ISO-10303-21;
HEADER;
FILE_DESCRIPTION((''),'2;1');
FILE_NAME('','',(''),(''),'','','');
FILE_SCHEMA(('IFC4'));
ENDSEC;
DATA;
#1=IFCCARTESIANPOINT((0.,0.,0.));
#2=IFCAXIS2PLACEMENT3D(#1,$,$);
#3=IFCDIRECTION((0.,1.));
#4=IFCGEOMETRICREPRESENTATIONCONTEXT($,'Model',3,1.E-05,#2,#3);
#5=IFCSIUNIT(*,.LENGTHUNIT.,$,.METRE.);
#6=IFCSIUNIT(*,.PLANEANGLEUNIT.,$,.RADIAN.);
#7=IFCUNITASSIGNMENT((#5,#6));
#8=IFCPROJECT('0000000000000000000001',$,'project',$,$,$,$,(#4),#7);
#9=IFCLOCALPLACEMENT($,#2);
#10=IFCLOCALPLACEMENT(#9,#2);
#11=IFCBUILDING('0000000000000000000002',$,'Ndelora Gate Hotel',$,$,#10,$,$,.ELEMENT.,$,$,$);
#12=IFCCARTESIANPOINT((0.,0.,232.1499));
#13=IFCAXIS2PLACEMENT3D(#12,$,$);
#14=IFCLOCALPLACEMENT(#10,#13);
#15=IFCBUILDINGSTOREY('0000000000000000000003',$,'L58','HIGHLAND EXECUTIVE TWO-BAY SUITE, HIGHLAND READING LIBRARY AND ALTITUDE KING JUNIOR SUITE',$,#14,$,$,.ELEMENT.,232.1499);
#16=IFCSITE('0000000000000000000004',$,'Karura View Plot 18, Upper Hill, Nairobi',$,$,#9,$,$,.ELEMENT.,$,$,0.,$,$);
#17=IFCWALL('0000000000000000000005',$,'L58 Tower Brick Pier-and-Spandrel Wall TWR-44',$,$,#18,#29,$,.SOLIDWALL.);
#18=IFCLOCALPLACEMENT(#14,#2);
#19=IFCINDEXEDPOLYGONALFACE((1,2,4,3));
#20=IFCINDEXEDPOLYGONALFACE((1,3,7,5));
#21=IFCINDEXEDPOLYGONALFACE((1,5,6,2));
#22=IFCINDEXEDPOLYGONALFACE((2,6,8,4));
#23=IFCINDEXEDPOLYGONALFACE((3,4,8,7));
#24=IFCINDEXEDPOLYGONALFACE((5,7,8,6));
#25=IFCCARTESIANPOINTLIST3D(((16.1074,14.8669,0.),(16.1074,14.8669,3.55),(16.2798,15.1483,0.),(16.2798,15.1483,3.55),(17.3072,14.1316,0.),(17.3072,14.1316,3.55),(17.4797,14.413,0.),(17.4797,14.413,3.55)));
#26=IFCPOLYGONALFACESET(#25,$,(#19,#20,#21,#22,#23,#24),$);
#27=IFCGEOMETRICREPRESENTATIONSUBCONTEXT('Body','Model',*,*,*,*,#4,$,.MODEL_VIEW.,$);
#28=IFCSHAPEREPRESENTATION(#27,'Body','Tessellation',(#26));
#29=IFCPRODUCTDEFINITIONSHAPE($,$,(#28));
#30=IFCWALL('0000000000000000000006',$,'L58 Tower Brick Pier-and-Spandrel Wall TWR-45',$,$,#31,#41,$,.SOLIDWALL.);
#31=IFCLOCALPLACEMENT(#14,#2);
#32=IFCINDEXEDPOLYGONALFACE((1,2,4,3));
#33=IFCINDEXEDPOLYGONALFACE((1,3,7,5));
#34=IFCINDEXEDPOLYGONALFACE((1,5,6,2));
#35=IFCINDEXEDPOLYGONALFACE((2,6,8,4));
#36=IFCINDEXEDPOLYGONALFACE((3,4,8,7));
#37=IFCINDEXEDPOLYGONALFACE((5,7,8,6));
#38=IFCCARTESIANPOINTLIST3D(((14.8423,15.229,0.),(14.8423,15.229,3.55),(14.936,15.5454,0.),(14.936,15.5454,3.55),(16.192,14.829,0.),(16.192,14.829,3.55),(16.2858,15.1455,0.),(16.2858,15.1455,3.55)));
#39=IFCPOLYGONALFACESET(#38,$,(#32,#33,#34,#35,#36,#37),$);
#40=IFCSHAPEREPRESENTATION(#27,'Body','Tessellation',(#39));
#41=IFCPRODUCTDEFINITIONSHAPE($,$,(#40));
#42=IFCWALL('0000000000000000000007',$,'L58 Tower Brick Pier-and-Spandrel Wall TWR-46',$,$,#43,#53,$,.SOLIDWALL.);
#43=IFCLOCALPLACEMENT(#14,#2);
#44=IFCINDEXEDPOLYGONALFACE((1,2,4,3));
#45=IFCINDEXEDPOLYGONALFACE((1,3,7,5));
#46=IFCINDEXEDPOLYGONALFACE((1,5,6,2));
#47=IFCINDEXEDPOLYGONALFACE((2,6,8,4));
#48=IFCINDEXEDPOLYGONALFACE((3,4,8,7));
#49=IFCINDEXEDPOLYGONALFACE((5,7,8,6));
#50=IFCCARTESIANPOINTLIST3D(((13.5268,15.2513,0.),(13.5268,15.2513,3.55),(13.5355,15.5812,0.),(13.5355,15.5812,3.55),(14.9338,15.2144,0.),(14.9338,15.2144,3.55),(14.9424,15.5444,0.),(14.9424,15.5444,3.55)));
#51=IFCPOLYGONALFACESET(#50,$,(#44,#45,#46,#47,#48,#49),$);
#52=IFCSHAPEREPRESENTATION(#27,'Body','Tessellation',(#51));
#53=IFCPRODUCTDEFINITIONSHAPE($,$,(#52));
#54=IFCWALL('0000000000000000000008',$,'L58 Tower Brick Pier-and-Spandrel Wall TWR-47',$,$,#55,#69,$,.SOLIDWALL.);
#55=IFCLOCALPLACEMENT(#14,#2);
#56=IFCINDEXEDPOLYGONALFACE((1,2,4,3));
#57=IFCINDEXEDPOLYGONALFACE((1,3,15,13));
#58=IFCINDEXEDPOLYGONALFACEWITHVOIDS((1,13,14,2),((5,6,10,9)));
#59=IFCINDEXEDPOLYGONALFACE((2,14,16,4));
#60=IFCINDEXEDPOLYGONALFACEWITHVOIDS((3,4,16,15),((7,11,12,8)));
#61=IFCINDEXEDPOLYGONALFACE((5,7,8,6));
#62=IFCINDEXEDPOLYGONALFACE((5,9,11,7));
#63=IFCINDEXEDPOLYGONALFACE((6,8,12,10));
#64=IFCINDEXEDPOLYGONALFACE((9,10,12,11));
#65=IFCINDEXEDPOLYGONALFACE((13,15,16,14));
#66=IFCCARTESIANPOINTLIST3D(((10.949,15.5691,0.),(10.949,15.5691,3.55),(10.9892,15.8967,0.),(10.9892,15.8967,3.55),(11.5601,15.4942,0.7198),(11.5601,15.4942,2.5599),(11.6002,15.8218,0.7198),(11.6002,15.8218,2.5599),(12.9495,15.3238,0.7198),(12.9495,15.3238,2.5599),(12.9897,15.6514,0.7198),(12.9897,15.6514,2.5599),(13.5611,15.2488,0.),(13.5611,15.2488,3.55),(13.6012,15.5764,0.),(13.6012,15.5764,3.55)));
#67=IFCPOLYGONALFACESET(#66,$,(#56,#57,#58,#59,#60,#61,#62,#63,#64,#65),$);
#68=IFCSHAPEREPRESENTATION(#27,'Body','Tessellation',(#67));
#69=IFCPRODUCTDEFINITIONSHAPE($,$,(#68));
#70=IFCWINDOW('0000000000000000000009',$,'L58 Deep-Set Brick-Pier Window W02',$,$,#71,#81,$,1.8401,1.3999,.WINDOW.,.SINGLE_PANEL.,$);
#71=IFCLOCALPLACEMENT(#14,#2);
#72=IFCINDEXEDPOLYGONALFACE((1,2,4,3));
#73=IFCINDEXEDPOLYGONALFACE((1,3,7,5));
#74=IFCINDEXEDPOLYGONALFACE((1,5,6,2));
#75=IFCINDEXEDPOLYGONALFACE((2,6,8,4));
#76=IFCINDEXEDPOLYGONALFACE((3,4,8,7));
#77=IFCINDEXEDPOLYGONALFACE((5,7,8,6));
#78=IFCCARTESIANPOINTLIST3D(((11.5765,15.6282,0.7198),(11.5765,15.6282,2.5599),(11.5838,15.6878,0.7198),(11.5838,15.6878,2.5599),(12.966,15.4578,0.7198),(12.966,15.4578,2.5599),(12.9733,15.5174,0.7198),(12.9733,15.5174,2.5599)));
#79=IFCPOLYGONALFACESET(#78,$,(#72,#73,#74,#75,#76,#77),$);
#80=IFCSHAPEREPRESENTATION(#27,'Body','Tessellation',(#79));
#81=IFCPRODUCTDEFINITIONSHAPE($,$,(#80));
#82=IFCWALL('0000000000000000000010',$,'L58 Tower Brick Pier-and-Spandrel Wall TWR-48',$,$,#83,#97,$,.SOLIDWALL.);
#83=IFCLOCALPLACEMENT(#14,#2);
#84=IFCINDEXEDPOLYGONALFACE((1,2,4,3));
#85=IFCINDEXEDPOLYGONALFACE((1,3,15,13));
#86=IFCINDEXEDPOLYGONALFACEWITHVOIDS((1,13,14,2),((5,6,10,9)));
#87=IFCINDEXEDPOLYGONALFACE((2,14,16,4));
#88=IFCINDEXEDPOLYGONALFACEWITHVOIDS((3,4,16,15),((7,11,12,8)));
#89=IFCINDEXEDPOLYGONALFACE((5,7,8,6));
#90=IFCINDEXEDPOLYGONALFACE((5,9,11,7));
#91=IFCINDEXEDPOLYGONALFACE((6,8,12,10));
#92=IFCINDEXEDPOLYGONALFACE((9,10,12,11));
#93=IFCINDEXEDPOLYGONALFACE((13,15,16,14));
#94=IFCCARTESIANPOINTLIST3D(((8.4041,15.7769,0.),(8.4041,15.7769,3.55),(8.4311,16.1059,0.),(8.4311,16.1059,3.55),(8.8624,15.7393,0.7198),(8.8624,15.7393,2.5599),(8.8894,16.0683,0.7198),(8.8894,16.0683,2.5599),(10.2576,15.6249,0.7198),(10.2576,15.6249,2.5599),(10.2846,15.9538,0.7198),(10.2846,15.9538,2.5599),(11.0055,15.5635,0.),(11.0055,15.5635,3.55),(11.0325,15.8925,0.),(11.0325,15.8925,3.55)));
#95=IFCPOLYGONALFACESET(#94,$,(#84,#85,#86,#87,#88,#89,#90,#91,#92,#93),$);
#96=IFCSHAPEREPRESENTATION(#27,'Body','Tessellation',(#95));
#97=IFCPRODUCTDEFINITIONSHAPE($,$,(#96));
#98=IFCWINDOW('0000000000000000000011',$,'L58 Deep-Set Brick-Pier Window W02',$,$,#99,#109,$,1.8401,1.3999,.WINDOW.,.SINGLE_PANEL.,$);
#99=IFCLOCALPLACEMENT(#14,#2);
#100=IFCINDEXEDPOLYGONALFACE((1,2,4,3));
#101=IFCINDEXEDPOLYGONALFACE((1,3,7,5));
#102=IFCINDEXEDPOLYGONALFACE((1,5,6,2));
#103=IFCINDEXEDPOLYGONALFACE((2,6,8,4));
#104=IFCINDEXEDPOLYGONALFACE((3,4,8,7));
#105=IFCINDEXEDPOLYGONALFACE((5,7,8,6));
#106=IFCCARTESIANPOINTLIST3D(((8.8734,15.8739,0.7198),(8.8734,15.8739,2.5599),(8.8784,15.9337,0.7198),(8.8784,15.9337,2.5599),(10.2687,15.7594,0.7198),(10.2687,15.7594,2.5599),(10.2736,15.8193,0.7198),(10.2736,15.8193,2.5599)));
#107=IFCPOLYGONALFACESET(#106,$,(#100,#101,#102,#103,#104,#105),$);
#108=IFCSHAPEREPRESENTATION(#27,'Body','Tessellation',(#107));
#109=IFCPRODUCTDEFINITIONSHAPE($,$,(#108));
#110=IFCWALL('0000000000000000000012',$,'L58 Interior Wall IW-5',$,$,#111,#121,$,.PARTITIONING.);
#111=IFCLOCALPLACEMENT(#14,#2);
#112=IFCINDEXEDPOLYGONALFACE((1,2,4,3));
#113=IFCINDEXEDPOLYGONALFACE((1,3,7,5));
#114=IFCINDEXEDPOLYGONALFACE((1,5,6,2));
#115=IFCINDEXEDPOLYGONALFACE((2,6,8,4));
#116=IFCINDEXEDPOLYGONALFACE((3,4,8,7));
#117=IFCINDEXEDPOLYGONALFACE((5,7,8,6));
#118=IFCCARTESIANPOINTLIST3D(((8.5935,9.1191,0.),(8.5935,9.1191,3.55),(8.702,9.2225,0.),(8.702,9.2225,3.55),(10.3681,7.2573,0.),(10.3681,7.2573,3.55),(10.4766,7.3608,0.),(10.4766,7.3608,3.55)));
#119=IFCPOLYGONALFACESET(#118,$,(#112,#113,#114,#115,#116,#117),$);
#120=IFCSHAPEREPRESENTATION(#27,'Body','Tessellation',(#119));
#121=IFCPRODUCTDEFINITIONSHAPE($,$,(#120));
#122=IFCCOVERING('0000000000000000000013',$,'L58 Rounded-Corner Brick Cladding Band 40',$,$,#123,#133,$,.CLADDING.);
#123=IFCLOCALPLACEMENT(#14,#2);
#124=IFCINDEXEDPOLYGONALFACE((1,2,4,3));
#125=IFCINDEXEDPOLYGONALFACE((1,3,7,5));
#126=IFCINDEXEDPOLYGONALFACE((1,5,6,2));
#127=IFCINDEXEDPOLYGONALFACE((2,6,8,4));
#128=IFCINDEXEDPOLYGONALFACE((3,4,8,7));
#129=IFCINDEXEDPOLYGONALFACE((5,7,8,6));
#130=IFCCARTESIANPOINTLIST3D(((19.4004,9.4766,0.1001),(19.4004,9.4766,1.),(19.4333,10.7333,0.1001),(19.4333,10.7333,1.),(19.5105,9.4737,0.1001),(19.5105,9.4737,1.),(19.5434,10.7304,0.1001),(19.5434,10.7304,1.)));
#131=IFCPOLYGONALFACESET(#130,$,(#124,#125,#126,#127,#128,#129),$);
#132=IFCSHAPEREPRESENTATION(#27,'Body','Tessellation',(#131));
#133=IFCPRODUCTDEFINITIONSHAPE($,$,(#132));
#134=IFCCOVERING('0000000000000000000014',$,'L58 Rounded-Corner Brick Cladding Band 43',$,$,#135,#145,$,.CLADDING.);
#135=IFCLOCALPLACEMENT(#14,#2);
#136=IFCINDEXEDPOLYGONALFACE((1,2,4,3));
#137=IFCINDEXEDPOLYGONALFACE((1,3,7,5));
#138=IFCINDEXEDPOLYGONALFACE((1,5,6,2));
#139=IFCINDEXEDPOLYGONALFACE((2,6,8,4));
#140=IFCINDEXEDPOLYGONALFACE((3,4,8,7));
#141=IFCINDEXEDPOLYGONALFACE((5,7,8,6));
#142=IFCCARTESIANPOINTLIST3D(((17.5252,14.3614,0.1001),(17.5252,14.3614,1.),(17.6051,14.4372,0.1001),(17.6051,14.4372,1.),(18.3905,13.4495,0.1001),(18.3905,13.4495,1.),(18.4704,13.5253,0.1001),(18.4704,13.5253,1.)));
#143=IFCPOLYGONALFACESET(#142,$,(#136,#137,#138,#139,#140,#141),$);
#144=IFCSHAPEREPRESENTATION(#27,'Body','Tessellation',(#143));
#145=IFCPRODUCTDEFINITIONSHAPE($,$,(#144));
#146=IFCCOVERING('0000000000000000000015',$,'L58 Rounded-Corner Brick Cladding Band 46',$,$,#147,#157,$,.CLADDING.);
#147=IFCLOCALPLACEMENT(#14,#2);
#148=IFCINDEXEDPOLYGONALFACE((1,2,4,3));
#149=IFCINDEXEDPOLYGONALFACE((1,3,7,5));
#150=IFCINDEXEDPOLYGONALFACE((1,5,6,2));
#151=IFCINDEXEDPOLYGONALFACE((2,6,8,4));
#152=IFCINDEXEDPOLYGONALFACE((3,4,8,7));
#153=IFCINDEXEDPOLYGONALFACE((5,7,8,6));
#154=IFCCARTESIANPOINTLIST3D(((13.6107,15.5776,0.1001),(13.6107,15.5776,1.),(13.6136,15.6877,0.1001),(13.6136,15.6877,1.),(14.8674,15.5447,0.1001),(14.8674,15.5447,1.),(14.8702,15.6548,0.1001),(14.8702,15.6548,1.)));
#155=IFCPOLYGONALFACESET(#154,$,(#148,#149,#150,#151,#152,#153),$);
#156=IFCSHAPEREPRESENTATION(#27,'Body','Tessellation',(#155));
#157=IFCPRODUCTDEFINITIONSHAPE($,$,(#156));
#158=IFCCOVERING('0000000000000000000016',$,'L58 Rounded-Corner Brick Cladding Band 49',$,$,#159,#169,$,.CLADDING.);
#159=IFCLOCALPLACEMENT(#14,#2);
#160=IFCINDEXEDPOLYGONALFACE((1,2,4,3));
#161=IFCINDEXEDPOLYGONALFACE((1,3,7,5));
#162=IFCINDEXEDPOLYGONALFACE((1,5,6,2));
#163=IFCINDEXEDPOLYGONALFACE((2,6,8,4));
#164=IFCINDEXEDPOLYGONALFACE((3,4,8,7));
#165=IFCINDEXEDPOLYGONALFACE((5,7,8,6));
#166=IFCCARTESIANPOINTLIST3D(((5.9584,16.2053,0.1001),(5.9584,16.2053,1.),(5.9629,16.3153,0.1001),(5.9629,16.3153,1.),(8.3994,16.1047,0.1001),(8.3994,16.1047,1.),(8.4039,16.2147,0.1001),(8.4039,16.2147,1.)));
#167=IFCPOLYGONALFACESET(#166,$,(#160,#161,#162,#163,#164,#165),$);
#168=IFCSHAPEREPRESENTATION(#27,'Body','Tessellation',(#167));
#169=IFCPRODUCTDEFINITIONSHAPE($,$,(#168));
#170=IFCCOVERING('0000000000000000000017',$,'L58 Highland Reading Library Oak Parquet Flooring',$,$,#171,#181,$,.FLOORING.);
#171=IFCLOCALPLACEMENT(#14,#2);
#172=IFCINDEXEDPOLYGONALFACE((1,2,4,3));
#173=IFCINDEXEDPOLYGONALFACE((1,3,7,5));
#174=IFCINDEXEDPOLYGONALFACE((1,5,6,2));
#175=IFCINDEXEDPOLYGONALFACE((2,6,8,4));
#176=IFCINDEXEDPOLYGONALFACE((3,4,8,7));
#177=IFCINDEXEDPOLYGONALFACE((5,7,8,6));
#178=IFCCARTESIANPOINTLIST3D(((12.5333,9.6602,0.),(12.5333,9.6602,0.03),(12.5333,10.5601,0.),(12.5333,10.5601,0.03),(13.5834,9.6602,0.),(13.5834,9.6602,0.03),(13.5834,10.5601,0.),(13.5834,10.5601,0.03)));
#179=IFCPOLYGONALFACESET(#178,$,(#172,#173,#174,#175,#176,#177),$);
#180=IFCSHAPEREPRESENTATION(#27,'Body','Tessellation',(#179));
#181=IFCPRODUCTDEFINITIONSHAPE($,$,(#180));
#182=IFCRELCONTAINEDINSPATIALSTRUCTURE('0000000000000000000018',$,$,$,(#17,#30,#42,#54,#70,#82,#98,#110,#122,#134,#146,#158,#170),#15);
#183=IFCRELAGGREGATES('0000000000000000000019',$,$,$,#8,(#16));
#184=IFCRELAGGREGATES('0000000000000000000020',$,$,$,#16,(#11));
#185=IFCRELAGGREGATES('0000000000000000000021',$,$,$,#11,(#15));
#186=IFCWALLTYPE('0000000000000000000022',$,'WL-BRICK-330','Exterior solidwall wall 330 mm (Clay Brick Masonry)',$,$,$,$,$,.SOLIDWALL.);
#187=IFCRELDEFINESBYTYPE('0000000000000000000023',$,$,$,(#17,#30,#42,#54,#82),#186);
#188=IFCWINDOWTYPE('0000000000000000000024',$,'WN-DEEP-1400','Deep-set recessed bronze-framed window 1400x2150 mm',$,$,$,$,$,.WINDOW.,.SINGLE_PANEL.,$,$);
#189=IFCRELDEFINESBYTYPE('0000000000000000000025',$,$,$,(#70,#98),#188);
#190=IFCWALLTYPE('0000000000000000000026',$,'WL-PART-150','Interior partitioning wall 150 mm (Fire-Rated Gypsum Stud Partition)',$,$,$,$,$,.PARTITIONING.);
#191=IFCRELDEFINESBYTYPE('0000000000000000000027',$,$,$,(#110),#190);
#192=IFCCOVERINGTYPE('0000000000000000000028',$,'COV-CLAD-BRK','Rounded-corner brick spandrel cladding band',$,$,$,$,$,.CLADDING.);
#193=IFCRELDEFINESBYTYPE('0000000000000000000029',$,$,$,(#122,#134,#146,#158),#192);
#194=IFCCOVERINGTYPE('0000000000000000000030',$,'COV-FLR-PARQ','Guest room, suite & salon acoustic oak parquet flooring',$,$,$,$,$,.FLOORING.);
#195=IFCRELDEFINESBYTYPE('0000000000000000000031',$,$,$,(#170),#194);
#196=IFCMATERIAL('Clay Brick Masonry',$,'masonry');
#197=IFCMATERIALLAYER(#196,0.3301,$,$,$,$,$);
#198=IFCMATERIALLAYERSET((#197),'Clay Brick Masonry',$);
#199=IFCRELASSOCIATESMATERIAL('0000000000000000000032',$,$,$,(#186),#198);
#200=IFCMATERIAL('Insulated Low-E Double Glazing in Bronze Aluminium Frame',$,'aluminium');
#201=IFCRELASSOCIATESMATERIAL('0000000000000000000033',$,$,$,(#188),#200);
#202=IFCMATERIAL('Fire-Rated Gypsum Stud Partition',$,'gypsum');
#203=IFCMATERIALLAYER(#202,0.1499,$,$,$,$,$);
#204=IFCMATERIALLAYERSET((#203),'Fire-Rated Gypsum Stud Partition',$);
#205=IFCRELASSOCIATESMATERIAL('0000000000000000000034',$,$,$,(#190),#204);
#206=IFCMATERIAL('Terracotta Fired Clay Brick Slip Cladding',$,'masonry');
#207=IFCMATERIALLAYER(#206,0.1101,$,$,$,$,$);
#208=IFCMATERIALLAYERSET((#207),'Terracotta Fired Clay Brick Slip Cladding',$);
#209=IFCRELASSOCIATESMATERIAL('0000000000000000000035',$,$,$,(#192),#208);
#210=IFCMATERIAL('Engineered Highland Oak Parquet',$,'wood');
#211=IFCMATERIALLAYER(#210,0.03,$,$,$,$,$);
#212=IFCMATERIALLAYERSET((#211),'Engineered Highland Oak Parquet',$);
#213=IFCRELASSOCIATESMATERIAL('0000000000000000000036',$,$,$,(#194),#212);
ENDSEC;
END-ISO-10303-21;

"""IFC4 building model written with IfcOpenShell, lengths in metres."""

from ifc_helpers import new_model, si_unit, direction, frame, frame_2d, origin, origin_2d, place, context, subcontext, project, spatial, rectangle, extrude, material, layer, layer_set, type_object, element, fill, save


model = new_model("IFC4")

# Units and contexts
model_context = context("Model", 3, precision=1e-05, world=origin(), true_north=direction((0.0, 1.0)))
body_context = subcontext(model_context, "Body", "Model", "MODEL_VIEW")
ifc_project = project(units=[si_unit("LENGTHUNIT", "METRE"), si_unit("PLANEANGLEUNIT", "RADIAN")], contexts=[model_context])

# Site, building, storey
site_placement = place(None, origin())
site = spatial("IfcSite", under=ifc_project, at=site_placement, Name="Karura View Plot 18, Upper Hill, Nairobi", CompositionType="ELEMENT", RefElevation=0.0)
building_placement = place(site_placement, origin())
building = spatial("IfcBuilding", under=site, at=building_placement, Name="Ndelora Gate Hotel", CompositionType="ELEMENT")
storey_placement = place(building_placement, frame((0.0, 0.0, 232.1499)))
storey = spatial("IfcBuildingStorey", under=building, at=storey_placement, Name="L58", Description="HIGHLAND EXECUTIVE TWO-BAY SUITE, HIGHLAND READING LIBRARY AND ALTITUDE KING JUNIOR SUITE", CompositionType="ELEMENT", Elevation=232.1499)

# Walls
ifc_material_1 = material(Name="Clay Brick Masonry", Category="masonry")
ifc_layer_1 = layer(ifc_material_1, 0.3301)
ifc_layer_set_1 = layer_set([ifc_layer_1], Name="Clay Brick Masonry")
wall_type_1 = type_object("IfcWallType", Name="WL-BRICK-330", Description="Exterior solidwall wall 330 mm (Clay Brick Masonry)", PredefinedType="SOLIDWALL", material=ifc_layer_set_1)
wall_1_placement = place(storey_placement, frame((16.1936, 15.0076, 0.0), z_axis=(0.0, 0.0, 1.0), x_axis=(0.852634, -0.522509, 0.0)))
element("IfcWall", 1, at=wall_1_placement, inside=storey, type_object=wall_type_1, Name="L58 Tower Brick Pier-and-Spandrel Wall TWR-44", PredefinedType="SOLIDWALL", context=body_context, shape_type="SweptSolid", body=[
    extrude(rectangle(XDim=1.4072, YDim=0.3301, at=frame_2d((0.7036, 0.0))), origin(), (0.0, 0.0, 1.0), 3.55),
])
wall_2_placement = place(storey_placement, frame((14.8892, 15.3872, 0.0), z_axis=(0.0, 0.0, 1.0), x_axis=(0.958795, -0.2841, 0.0)))
element("IfcWall", 2, at=wall_2_placement, inside=storey, type_object=wall_type_1, Name="L58 Tower Brick Pier-and-Spandrel Wall TWR-45", PredefinedType="SOLIDWALL", context=body_context, shape_type="SweptSolid", body=[
    extrude(rectangle(XDim=1.4077, YDim=0.3301, at=frame_2d((0.7039, 0.0))), origin(), (0.0, 0.0, 1.0), 3.55),
])
wall_3_placement = place(storey_placement, frame((13.5312, 15.4163, 0.0), z_axis=(0.0, 0.0, 1.0), x_axis=(0.999657, -0.026193, 0.0)))
element("IfcWall", 3, at=wall_3_placement, inside=storey, type_object=wall_type_1, Name="L58 Tower Brick Pier-and-Spandrel Wall TWR-46", PredefinedType="SOLIDWALL", context=body_context, shape_type="SweptSolid", body=[
    extrude(rectangle(XDim=1.4075, YDim=0.3301, at=frame_2d((0.7036, 0.0))), origin(), (0.0, 0.0, 1.0), 3.55),
])

# Walls, openings, windows
wall_4_placement = place(storey_placement, frame((10.969, 15.7329, 0.0), z_axis=(0.0, 0.0, 1.0), x_axis=(0.992565, -0.121717, 0.0)))
wall_4 = element("IfcWall", 4, at=wall_4_placement, inside=storey, type_object=wall_type_1, Name="L58 Tower Brick Pier-and-Spandrel Wall TWR-47", PredefinedType="SOLIDWALL", context=body_context, shape_type="SweptSolid", body=[
    extrude(rectangle(XDim=2.6316, YDim=0.3301, at=frame_2d((1.3159, 0.0))), origin(), (0.0, 0.0, 1.0), 3.55),
])
opening_1_placement = place(wall_4_placement, frame((0.6157, 0.0, 0.72)))
opening_1 = element("IfcOpeningElement", 5, at=opening_1_placement, cuts=wall_4, PredefinedType="OPENING", context=body_context, shape_type="SweptSolid", body=[
    extrude(rectangle(XDim=1.3999, YDim=1.8401, at=frame_2d((0.7, 0.9199))), frame((0.0, 0.175, 0.0), z_axis=(0.0, -1.0, 0.0), x_axis=(1.0, 0.0, 0.0)), (0.0, 0.0, 1.0), 0.3501),
])
ifc_material_2 = material(Name="Insulated Low-E Double Glazing in Bronze Aluminium Frame", Category="aluminium")
window_type = type_object("IfcWindowType", Name="WN-DEEP-1400", Description="Deep-set recessed bronze-framed window 1400x2150 mm", PartitioningType="SINGLE_PANEL", PredefinedType="WINDOW", material=ifc_material_2)
window_1_placement = place(opening_1_placement, origin())
window_1 = element("IfcWindow", 6, at=window_1_placement, inside=storey, type_object=window_type, Name="L58 Deep-Set Brick-Pier Window W02", OverallHeight=1.8401, OverallWidth=1.3999, PartitioningType="SINGLE_PANEL", PredefinedType="WINDOW", context=body_context, shape_type="SweptSolid", body=[
    extrude(rectangle(XDim=1.3999, YDim=1.8401, at=frame_2d((0.7, 0.9199))), frame((0.0, 0.03, 0.0), z_axis=(0.0, -1.0, 0.0), x_axis=(1.0, 0.0, 0.0)), (0.0, 0.0, 1.0), 0.0601),
])
fill(opening_1, window_1)
wall_5_placement = place(storey_placement, frame((8.4175, 15.9414, 0.0), z_axis=(0.0, 0.0, 1.0), x_axis=(0.996653, -0.081753, 0.0)))
wall_5 = element("IfcWall", 7, at=wall_5_placement, inside=storey, type_object=wall_type_1, Name="L58 Tower Brick Pier-and-Spandrel Wall TWR-48", PredefinedType="SOLIDWALL", context=body_context, shape_type="SweptSolid", body=[
    extrude(rectangle(XDim=2.6101, YDim=0.3301, at=frame_2d((1.3052, 0.0))), origin(), (0.0, 0.0, 1.0), 3.55),
])
opening_2_placement = place(wall_5_placement, frame((0.46, 0.0, 0.72)))
opening_2 = element("IfcOpeningElement", 8, at=opening_2_placement, cuts=wall_5, PredefinedType="OPENING", context=body_context, shape_type="SweptSolid", body=[
    extrude(rectangle(XDim=1.3999, YDim=1.8401, at=frame_2d((0.7, 0.9199))), frame((0.0, 0.175, 0.0), z_axis=(0.0, -1.0, 0.0), x_axis=(1.0, 0.0, 0.0)), (0.0, 0.0, 1.0), 0.3501),
])
window_2_placement = place(opening_2_placement, origin())
window_2 = element("IfcWindow", 9, at=window_2_placement, inside=storey, type_object=window_type, Name="L58 Deep-Set Brick-Pier Window W02", OverallHeight=1.8401, OverallWidth=1.3999, PartitioningType="SINGLE_PANEL", PredefinedType="WINDOW", context=body_context, shape_type="SweptSolid", body=[
    extrude(rectangle(XDim=1.3999, YDim=1.8401, at=frame_2d((0.7, 0.9199))), frame((0.0, 0.03, 0.0), z_axis=(0.0, -1.0, 0.0), x_axis=(1.0, 0.0, 0.0)), (0.0, 0.0, 1.0), 0.0601),
])
fill(opening_2, window_2)

# Wall
ifc_material_3 = material(Name="Fire-Rated Gypsum Stud Partition", Category="gypsum")
ifc_layer_2 = layer(ifc_material_3, 0.1499)
ifc_layer_set_2 = layer_set([ifc_layer_2], Name="Fire-Rated Gypsum Stud Partition")
wall_type_2 = type_object("IfcWallType", Name="WL-PART-150", Description="Interior partitioning wall 150 mm (Fire-Rated Gypsum Stud Partition)", PredefinedType="PARTITIONING", material=ifc_layer_set_2)
wall_6_placement = place(storey_placement, frame((8.6477, 9.1709, 0.0), z_axis=(0.0, 0.0, 1.0), x_axis=(0.689961, -0.723847, 0.0)))
element("IfcWall", 10, at=wall_6_placement, inside=storey, type_object=wall_type_2, Name="L58 Interior Wall IW-5", PredefinedType="PARTITIONING", context=body_context, shape_type="SweptSolid", body=[
    extrude(rectangle(XDim=2.572, YDim=0.1499, at=frame_2d((1.2861, 0.0))), origin(), (0.0, 0.0, 1.0), 3.55),
])

# Coverings
ifc_material_4 = material(Name="Terracotta Fired Clay Brick Slip Cladding", Category="masonry")
ifc_layer_3 = layer(ifc_material_4, 0.1101)
ifc_layer_set_3 = layer_set([ifc_layer_3], Name="Terracotta Fired Clay Brick Slip Cladding")
covering_type_1 = type_object("IfcCoveringType", Name="COV-CLAD-BRK", Description="Rounded-corner brick spandrel cladding band", PredefinedType="CLADDING", material=ifc_layer_set_3)
for number, where, z_axis, x_axis, name in (
    (11, (19.4719, 10.1035, 0.1001), (0.0, 0.0, 1.0), (0.026177, 0.999657, 0.0), "L58 Rounded-Corner Brick Cladding Band 40"),
    (12, (17.9978, 13.9434, 0.1001), (0.0, 0.0, 1.0), (-0.688355, 0.725374, 0.0), "L58 Rounded-Corner Brick Cladding Band 43"),
    (13, (14.2405, 15.6162, 0.1001), (0.0, 0.0, 1.0), (-0.999657, 0.026177, 0.0), "L58 Rounded-Corner Brick Cladding Band 46"),
):
    element("IfcCovering", number, at=place(storey_placement, frame(where, z_axis=z_axis, x_axis=x_axis)), inside=storey, type_object=covering_type_1, Name=name, PredefinedType="CLADDING", context=body_context, shape_type="SweptSolid", body=[
        extrude(rectangle(XDim=1.2571, YDim=0.1101, at=origin_2d()), origin(), (0.0, 0.0, 1.0), 0.8999),
    ])
covering_1_placement = place(storey_placement, frame((7.1812, 16.21, 0.1001), z_axis=(0.0, 0.0, 1.0), x_axis=(-0.999152, 0.041178, 0.0)))
element("IfcCovering", 14, at=covering_1_placement, inside=storey, type_object=covering_type_1, Name="L58 Rounded-Corner Brick Cladding Band 49", PredefinedType="CLADDING", context=body_context, shape_type="SweptSolid", body=[
    extrude(rectangle(XDim=2.4431, YDim=0.1101, at=origin_2d()), origin(), (0.0, 0.0, 1.0), 0.8999),
])
ifc_material_5 = material(Name="Engineered Highland Oak Parquet", Category="wood")
ifc_layer_4 = layer(ifc_material_5, 0.03)
ifc_layer_set_4 = layer_set([ifc_layer_4], Name="Engineered Highland Oak Parquet")
covering_type_2 = type_object("IfcCoveringType", Name="COV-FLR-PARQ", Description="Guest room, suite & salon acoustic oak parquet flooring", PredefinedType="FLOORING", material=ifc_layer_set_4)
covering_2_placement = place(storey_placement, frame((13.0583, 10.1101, 0.0), z_axis=(0.0, 0.0, 1.0), x_axis=(1.0, 0.0, 0.0)))
element("IfcCovering", 15, at=covering_2_placement, inside=storey, type_object=covering_type_2, Name="L58 Highland Reading Library Oak Parquet Flooring", PredefinedType="FLOORING", context=body_context, shape_type="SweptSolid", body=[
    extrude(rectangle(XDim=1.05, YDim=0.8999, at=origin_2d()), origin(), (0.0, 0.0, 1.0), 0.03),
])

save(model, "model.ifc")
